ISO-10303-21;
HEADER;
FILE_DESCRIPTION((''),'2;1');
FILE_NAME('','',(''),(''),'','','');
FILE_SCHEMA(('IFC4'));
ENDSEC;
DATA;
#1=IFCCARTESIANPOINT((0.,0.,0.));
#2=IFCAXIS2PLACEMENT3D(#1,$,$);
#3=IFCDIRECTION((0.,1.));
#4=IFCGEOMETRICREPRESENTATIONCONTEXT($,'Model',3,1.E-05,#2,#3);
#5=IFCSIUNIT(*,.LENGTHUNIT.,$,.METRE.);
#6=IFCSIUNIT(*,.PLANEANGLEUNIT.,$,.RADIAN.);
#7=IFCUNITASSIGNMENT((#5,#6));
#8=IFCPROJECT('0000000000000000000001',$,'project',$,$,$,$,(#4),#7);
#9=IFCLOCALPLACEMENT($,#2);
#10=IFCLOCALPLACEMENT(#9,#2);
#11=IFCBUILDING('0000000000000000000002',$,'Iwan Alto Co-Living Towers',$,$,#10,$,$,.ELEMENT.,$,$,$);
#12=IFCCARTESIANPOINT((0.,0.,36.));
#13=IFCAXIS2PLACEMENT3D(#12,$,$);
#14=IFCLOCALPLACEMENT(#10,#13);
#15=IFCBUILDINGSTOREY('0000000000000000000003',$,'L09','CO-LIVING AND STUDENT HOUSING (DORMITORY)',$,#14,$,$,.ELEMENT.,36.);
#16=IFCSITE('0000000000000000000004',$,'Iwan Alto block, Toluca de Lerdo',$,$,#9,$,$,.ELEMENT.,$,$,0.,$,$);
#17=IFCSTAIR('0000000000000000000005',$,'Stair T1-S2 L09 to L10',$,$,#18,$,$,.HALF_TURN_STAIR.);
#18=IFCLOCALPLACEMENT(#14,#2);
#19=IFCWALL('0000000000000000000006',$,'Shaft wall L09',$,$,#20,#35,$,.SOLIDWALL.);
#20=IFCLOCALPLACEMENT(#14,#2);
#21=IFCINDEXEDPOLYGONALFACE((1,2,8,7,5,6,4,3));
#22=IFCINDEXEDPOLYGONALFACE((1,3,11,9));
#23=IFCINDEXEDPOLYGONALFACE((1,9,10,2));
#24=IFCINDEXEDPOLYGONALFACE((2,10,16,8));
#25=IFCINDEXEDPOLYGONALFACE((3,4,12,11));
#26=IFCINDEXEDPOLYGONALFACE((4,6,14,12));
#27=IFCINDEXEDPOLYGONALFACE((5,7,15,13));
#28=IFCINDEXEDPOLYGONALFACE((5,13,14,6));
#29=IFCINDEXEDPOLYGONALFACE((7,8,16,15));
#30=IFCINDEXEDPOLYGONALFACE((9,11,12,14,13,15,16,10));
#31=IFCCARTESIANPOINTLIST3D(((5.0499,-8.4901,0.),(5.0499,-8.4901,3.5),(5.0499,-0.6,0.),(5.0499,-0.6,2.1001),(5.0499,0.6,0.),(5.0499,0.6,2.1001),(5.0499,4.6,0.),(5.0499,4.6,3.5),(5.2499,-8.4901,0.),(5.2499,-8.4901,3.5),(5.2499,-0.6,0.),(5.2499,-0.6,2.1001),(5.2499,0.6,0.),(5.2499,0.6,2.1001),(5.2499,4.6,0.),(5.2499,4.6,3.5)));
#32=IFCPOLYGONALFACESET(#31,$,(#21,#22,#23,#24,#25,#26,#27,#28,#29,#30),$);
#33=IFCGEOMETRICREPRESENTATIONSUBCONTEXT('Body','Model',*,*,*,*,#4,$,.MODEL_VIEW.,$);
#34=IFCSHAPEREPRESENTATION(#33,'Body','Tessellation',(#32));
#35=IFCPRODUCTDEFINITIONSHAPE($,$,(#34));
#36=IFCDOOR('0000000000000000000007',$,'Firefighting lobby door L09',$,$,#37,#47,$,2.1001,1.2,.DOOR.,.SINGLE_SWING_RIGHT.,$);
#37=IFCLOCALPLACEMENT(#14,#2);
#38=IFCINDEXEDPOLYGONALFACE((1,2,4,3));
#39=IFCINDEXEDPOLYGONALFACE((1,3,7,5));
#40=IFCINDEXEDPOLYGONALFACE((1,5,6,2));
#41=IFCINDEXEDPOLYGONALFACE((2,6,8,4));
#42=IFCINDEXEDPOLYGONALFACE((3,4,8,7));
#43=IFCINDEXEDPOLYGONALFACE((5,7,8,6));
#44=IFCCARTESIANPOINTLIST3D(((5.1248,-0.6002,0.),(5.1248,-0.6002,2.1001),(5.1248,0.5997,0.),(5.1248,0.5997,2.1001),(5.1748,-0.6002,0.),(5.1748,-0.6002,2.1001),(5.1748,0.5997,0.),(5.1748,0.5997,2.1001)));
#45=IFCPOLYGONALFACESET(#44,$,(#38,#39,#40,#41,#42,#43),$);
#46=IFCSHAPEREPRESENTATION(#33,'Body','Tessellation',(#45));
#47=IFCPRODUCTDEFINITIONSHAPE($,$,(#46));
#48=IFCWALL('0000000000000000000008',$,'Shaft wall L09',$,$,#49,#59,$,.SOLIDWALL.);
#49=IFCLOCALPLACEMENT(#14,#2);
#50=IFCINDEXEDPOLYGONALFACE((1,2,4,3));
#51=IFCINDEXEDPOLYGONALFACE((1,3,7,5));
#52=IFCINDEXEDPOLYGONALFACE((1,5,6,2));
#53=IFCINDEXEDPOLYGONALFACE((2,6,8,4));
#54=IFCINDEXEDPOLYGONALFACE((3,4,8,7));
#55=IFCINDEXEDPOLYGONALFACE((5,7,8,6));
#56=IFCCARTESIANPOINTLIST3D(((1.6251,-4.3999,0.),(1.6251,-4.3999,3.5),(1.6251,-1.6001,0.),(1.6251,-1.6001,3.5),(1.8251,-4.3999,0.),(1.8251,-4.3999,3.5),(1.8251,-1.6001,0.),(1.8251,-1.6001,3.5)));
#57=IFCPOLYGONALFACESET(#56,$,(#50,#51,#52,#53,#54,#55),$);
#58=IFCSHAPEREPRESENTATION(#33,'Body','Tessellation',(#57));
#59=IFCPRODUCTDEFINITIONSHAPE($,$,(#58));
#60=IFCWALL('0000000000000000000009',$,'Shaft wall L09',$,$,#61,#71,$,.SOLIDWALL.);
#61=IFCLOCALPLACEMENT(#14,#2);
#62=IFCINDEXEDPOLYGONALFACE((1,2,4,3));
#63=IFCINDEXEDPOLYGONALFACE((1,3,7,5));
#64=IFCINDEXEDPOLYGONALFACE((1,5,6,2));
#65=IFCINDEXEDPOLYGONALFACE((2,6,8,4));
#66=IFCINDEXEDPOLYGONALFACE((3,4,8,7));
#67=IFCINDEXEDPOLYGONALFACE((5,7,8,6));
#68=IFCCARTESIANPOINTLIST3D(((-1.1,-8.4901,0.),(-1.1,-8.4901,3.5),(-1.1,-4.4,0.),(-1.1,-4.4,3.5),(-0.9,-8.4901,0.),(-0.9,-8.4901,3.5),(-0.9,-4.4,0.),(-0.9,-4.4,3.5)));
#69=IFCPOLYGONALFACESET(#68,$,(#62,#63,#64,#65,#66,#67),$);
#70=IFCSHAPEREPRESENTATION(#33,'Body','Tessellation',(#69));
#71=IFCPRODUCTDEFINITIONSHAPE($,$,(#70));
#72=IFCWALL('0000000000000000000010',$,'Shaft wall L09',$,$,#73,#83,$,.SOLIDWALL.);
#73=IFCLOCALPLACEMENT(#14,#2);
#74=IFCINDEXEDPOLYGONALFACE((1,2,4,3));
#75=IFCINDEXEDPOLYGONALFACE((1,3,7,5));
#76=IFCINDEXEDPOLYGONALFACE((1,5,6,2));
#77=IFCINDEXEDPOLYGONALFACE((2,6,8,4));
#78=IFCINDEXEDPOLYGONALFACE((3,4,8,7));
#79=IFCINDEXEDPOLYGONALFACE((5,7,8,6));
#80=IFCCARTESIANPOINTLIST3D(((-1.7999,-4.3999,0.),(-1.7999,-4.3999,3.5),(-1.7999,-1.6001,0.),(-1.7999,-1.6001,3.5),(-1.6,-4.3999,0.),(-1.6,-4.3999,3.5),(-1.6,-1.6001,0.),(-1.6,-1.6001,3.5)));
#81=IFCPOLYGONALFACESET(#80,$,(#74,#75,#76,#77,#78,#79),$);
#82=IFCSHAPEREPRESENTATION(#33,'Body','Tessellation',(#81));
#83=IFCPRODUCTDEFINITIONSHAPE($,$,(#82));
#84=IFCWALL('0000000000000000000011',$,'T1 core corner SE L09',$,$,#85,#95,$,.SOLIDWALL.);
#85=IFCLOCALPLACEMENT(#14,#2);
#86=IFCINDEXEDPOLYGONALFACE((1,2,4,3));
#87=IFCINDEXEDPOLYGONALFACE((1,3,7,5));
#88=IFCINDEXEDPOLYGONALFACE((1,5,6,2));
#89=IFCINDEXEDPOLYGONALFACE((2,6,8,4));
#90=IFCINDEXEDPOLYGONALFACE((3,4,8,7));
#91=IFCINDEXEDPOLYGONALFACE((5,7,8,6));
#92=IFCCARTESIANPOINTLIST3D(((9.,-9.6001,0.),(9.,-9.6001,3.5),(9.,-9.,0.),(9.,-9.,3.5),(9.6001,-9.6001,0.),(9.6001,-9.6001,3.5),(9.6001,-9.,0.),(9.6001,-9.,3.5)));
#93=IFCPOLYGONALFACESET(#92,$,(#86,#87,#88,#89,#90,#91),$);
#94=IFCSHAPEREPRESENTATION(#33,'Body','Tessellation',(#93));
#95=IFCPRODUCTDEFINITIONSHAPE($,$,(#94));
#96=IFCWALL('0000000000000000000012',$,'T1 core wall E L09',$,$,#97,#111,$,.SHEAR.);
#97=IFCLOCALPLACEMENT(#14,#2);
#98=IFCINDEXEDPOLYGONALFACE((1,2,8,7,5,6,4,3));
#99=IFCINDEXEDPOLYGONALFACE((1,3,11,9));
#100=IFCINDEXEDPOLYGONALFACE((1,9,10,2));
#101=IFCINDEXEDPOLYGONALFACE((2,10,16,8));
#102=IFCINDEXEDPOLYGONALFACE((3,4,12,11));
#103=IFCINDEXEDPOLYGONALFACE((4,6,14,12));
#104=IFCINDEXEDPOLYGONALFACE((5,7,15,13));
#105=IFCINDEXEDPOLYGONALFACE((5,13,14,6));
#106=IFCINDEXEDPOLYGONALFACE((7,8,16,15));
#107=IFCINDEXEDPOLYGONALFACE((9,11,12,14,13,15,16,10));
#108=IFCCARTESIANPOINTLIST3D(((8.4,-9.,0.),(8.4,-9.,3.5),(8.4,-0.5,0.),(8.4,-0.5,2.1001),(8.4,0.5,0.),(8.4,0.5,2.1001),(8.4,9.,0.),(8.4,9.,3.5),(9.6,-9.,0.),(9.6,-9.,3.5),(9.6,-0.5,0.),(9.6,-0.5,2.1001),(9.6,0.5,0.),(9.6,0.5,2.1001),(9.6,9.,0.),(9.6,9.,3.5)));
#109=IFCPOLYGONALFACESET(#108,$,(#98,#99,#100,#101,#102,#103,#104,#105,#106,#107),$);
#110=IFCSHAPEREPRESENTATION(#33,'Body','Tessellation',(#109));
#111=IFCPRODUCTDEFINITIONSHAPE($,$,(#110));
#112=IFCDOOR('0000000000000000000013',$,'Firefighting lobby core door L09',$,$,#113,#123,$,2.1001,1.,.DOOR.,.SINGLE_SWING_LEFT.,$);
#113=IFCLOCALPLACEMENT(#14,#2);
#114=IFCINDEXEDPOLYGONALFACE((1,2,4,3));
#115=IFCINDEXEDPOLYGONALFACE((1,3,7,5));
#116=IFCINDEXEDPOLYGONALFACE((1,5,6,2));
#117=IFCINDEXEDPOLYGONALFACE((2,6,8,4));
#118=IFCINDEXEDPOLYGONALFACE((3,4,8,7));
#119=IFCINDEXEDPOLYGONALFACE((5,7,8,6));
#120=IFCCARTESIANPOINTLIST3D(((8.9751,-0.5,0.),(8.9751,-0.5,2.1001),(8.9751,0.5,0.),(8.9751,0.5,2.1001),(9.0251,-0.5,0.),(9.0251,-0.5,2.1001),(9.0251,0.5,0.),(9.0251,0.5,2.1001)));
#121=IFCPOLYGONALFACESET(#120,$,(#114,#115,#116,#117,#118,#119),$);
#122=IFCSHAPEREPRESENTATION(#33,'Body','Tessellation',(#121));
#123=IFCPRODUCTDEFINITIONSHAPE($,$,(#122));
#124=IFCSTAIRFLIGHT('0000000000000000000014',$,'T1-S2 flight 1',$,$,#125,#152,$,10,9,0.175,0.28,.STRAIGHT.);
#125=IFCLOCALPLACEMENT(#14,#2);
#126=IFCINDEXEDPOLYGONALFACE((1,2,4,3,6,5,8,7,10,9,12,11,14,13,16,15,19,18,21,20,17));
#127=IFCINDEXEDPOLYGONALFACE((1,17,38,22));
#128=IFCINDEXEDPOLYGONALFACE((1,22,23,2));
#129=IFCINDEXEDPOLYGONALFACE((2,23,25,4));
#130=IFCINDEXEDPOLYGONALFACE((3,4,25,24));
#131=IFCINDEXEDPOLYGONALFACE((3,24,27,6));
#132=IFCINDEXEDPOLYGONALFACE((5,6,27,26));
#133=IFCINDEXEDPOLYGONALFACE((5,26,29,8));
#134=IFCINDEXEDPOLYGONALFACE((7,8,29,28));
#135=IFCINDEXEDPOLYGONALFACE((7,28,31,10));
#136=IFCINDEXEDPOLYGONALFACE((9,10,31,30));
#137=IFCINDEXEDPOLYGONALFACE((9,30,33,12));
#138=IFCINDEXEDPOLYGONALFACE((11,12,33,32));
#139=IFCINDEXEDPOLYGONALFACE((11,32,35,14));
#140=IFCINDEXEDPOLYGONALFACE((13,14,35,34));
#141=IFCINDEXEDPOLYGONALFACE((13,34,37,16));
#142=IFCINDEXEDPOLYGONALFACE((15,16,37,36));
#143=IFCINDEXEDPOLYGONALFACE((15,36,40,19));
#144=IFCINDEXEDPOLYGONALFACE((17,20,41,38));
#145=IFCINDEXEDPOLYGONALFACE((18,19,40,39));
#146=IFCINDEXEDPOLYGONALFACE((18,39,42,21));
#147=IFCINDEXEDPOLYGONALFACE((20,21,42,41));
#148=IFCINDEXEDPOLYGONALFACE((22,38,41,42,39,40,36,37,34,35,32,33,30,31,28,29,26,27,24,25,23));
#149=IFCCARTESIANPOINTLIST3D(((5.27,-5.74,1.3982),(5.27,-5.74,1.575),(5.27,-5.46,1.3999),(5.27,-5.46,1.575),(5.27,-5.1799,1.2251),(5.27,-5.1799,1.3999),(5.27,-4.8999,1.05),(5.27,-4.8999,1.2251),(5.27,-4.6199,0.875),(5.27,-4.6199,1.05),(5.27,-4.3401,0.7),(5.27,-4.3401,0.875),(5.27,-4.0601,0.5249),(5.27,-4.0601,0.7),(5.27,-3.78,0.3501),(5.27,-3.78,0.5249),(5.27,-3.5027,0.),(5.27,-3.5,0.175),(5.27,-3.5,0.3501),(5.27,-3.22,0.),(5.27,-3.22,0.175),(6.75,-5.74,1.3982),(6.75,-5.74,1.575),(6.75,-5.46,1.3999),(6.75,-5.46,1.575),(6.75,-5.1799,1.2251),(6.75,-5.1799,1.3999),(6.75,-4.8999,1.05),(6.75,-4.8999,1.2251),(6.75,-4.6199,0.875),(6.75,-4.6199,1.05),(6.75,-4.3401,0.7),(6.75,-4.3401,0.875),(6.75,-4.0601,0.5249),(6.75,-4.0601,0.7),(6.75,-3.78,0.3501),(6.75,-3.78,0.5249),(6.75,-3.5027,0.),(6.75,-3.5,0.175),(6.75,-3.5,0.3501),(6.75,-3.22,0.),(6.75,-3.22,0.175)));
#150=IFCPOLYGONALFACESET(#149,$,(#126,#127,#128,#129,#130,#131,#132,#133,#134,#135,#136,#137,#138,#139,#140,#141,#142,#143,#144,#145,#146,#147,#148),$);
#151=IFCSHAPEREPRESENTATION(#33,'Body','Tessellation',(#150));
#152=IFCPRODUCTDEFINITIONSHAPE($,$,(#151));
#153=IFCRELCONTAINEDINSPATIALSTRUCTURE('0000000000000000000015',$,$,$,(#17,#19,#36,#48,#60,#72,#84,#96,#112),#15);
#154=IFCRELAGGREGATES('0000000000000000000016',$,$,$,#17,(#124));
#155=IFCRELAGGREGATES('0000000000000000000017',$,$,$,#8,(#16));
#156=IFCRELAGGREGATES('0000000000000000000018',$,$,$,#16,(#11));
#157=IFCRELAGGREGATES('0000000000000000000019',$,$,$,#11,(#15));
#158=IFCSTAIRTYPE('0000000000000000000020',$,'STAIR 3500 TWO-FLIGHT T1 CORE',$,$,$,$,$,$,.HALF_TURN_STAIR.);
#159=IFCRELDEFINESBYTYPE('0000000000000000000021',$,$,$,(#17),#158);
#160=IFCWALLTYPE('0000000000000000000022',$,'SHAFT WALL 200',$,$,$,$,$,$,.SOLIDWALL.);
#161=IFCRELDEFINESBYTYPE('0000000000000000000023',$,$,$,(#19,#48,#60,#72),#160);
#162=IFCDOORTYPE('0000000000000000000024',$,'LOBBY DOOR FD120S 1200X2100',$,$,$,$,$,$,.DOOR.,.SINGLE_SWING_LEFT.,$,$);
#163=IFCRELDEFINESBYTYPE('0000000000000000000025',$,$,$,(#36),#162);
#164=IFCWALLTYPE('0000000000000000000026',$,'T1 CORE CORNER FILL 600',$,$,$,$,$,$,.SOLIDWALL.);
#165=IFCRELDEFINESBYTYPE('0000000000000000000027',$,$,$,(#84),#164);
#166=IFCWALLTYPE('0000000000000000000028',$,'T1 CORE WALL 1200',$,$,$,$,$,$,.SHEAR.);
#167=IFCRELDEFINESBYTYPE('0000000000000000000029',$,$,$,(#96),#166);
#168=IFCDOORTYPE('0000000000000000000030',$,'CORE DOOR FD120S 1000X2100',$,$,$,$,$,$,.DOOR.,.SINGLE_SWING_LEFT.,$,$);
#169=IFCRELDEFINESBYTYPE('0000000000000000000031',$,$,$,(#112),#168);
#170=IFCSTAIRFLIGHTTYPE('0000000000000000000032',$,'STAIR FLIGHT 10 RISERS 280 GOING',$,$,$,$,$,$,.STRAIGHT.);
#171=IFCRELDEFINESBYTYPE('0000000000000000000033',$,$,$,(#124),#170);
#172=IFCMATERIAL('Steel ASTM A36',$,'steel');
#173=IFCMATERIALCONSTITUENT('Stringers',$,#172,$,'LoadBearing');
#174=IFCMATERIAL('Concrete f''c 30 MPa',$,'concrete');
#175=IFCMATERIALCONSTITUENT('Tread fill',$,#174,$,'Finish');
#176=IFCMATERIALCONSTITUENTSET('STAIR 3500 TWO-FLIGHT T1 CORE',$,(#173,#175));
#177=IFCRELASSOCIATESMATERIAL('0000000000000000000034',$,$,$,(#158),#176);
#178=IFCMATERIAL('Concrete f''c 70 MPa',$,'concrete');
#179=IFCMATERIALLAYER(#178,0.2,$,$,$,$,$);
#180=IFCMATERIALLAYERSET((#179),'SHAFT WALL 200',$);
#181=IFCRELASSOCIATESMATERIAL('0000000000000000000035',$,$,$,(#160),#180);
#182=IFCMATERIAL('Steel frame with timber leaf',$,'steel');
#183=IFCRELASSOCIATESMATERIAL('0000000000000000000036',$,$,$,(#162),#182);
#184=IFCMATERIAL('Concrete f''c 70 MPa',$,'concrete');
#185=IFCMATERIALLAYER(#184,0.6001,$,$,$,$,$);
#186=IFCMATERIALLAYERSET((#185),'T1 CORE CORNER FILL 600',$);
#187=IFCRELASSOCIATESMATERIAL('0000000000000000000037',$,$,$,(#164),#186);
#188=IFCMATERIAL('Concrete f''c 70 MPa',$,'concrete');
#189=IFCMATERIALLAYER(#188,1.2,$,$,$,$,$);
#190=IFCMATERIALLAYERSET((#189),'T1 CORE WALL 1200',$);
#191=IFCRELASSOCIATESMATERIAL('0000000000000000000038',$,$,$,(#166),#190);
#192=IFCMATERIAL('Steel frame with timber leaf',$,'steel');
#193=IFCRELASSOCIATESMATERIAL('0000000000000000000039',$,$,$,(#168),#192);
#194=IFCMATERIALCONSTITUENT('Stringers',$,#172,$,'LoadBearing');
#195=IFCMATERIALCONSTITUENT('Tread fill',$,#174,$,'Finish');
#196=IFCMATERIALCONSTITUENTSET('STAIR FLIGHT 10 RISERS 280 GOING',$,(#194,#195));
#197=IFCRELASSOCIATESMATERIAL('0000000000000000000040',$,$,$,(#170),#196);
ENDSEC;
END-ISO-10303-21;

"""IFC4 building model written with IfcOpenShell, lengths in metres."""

from ifc_helpers import new_model, si_unit, direction, frame, frame_2d, origin, place, context, subcontext, project, spatial, polyline, rectangle, outline, extrude, material, layer, layer_set, constituent, constituent_set, type_object, element, fill, aggregate, save


model = new_model("IFC4")

# Units and contexts
model_context = context("Model", 3, precision=1e-05, world=origin(), true_north=direction((0.0, 1.0)))
body_context = subcontext(model_context, "Body", "Model", "MODEL_VIEW")
ifc_project = project(units=[si_unit("LENGTHUNIT", "METRE"), si_unit("PLANEANGLEUNIT", "RADIAN")], contexts=[model_context])

# Site, building, storey
site_placement = place(None, origin())
site = spatial("IfcSite", under=ifc_project, at=site_placement, Name="Iwan Alto block, Toluca de Lerdo", CompositionType="ELEMENT", RefElevation=0.0)
building_placement = place(site_placement, origin())
building = spatial("IfcBuilding", under=site, at=building_placement, Name="Iwan Alto Co-Living Towers", CompositionType="ELEMENT")
storey_placement = place(building_placement, frame((0.0, 0.0, 36.0)))
storey = spatial("IfcBuildingStorey", under=building, at=storey_placement, Name="L09", Description="CO-LIVING AND STUDENT HOUSING (DORMITORY)", CompositionType="ELEMENT", Elevation=36.0)

# Stair
ifc_material_1 = material(Name="Steel ASTM A36", Category="steel")
ifc_constituent_1 = constituent(ifc_material_1, Name="Stringers", Category="LoadBearing")
ifc_material_2 = material(Name="Concrete f'c 30 MPa", Category="concrete")
ifc_constituent_2 = constituent(ifc_material_2, Name="Tread fill", Category="Finish")
ifc_constituent_set_1 = constituent_set(constituents=[ifc_constituent_1, ifc_constituent_2], Name="STAIR 3500 TWO-FLIGHT T1 CORE")
stair_type = type_object("IfcStairType", Name="STAIR 3500 TWO-FLIGHT T1 CORE", PredefinedType="HALF_TURN_STAIR", material=ifc_constituent_set_1)
stair_1_placement = place(storey_placement, origin())
stair_1 = element("IfcStair", 1, at=stair_1_placement, inside=storey, type_object=stair_type, Name="Stair T1-S2 L09 to L10", PredefinedType="HALF_TURN_STAIR")

# Wall, opening, door
ifc_material_3 = material(Name="Concrete f'c 70 MPa", Category="concrete")
ifc_layer_1 = layer(ifc_material_3, 0.2)
ifc_layer_set_1 = layer_set([ifc_layer_1], Name="SHAFT WALL 200")
wall_type_1 = type_object("IfcWallType", Name="SHAFT WALL 200", PredefinedType="SOLIDWALL", material=ifc_layer_set_1)
wall_1_placement = place(storey_placement, frame((5.1499, -8.49, 0.0), z_axis=(0.0, 0.0, 1.0), x_axis=(0.0, 1.0, 0.0)))
wall_1 = element("IfcWall", 2, at=wall_1_placement, inside=storey, type_object=wall_type_1, Name="Shaft wall L09", PredefinedType="SOLIDWALL", context=body_context, shape_type="SweptSolid", body=[
    extrude(rectangle(XDim=13.0901, YDim=0.2, at=frame_2d((6.5449, 0.0))), origin(), (0.0, 0.0, 1.0), 3.5),
])
opening_1_placement = place(wall_1_placement, frame((7.8899, 0.0, 0.0)))
opening_1 = element("IfcOpeningElement", 3, at=opening_1_placement, cuts=wall_1, PredefinedType="OPENING", context=body_context, shape_type="SweptSolid", body=[
    extrude(rectangle(XDim=1.2, YDim=2.1001, at=frame_2d((0.6001, 1.05))), frame((0.0, 0.1099, 0.0), z_axis=(0.0, -1.0, 0.0), x_axis=(1.0, 0.0, 0.0)), (0.0, 0.0, 1.0), 0.22),
])
ifc_material_4 = material(Name="Steel frame with timber leaf", Category="steel")
door_type_1 = type_object("IfcDoorType", Name="LOBBY DOOR FD120S 1200X2100", OperationType="SINGLE_SWING_LEFT", PredefinedType="DOOR", material=ifc_material_4)
door_1_placement = place(opening_1_placement, frame((1.2, 0.0, 0.0), z_axis=(0.0, 0.0, 1.0), x_axis=(-1.0, 0.0, 0.0)))
door_1 = element("IfcDoor", 4, at=door_1_placement, inside=storey, type_object=door_type_1, Name="Firefighting lobby door L09", OperationType="SINGLE_SWING_RIGHT", OverallHeight=2.1001, OverallWidth=1.2, PredefinedType="DOOR", context=body_context, shape_type="SweptSolid", body=[
    extrude(rectangle(XDim=1.2, YDim=2.1001, at=frame_2d((0.6001, 1.05))), frame((0.0, 0.0249, 0.0), z_axis=(0.0, -1.0, 0.0), x_axis=(1.0, 0.0, 0.0)), (0.0, 0.0, 1.0), 0.05),
])
fill(opening_1, door_1)

# Walls
wall_2_placement = place(storey_placement, frame((1.7251, -4.3999, 0.0), z_axis=(0.0, 0.0, 1.0), x_axis=(0.0, 1.0, 0.0)))
element("IfcWall", 5, at=wall_2_placement, inside=storey, type_object=wall_type_1, Name="Shaft wall L09", PredefinedType="SOLIDWALL", context=body_context, shape_type="SweptSolid", body=[
    extrude(rectangle(XDim=2.7998, YDim=0.2, at=frame_2d((1.3999, 0.0))), origin(), (0.0, 0.0, 1.0), 3.5),
])
wall_3_placement = place(storey_placement, frame((-1.0, -8.49, 0.0), z_axis=(0.0, 0.0, 1.0), x_axis=(0.0, 1.0, 0.0)))
element("IfcWall", 6, at=wall_3_placement, inside=storey, type_object=wall_type_1, Name="Shaft wall L09", PredefinedType="SOLIDWALL", context=body_context, shape_type="SweptSolid", body=[
    extrude(rectangle(XDim=4.0901, YDim=0.2, at=frame_2d((2.0449, 0.0))), origin(), (0.0, 0.0, 1.0), 3.5),
])
wall_4_placement = place(storey_placement, frame((-1.7, -4.3999, 0.0), z_axis=(0.0, 0.0, 1.0), x_axis=(0.0, 1.0, 0.0)))
element("IfcWall", 7, at=wall_4_placement, inside=storey, type_object=wall_type_1, Name="Shaft wall L09", PredefinedType="SOLIDWALL", context=body_context, shape_type="SweptSolid", body=[
    extrude(rectangle(XDim=2.7998, YDim=0.2, at=frame_2d((1.3999, 0.0))), origin(), (0.0, 0.0, 1.0), 3.5),
])
ifc_material_5 = material(Name="Concrete f'c 70 MPa", Category="concrete")
ifc_layer_2 = layer(ifc_material_5, 0.6001)
ifc_layer_set_2 = layer_set([ifc_layer_2], Name="T1 CORE CORNER FILL 600")
wall_type_2 = type_object("IfcWallType", Name="T1 CORE CORNER FILL 600", PredefinedType="SOLIDWALL", material=ifc_layer_set_2)
wall_5_placement = place(storey_placement, frame((9.0, -9.3, 0.0), z_axis=(0.0, 0.0, 1.0), x_axis=(1.0, 0.0, 0.0)))
element("IfcWall", 8, at=wall_5_placement, inside=storey, type_object=wall_type_2, Name="T1 core corner SE L09", PredefinedType="SOLIDWALL", context=body_context, shape_type="SweptSolid", body=[
    extrude(rectangle(XDim=0.6001, YDim=0.6001, at=frame_2d((0.3, 0.0))), origin(), (0.0, 0.0, 1.0), 3.5),
])

# Wall, opening, door
ifc_material_6 = material(Name="Concrete f'c 70 MPa", Category="concrete")
ifc_layer_3 = layer(ifc_material_6, 1.2)
ifc_layer_set_3 = layer_set([ifc_layer_3], Name="T1 CORE WALL 1200")
wall_type_3 = type_object("IfcWallType", Name="T1 CORE WALL 1200", PredefinedType="SHEAR", material=ifc_layer_set_3)
wall_6_placement = place(storey_placement, frame((9.0, -9.0, 0.0), z_axis=(0.0, 0.0, 1.0), x_axis=(0.0, 1.0, 0.0)))
wall_6 = element("IfcWall", 9, at=wall_6_placement, inside=storey, type_object=wall_type_3, Name="T1 core wall E L09", PredefinedType="SHEAR", context=body_context, shape_type="SweptSolid", body=[
    extrude(rectangle(XDim=18.0, YDim=1.2, at=frame_2d((9.0, 0.0))), origin(), (0.0, 0.0, 1.0), 3.5),
])
opening_2_placement = place(wall_6_placement, frame((8.5, 0.0, 0.0)))
opening_2 = element("IfcOpeningElement", 10, at=opening_2_placement, cuts=wall_6, PredefinedType="OPENING", context=body_context, shape_type="SweptSolid", body=[
    extrude(rectangle(XDim=1.0, YDim=2.1001, at=frame_2d((0.5, 1.05))), frame((0.0, 0.6099, 0.0), z_axis=(0.0, -1.0, 0.0), x_axis=(1.0, 0.0, 0.0)), (0.0, 0.0, 1.0), 1.22),
])
ifc_material_7 = material(Name="Steel frame with timber leaf", Category="steel")
door_type_2 = type_object("IfcDoorType", Name="CORE DOOR FD120S 1000X2100", OperationType="SINGLE_SWING_LEFT", PredefinedType="DOOR", material=ifc_material_7)
door_2_placement = place(opening_2_placement, origin())
door_2 = element("IfcDoor", 11, at=door_2_placement, inside=storey, type_object=door_type_2, Name="Firefighting lobby core door L09", OperationType="SINGLE_SWING_LEFT", OverallHeight=2.1001, OverallWidth=1.0, PredefinedType="DOOR", context=body_context, shape_type="SweptSolid", body=[
    extrude(rectangle(XDim=1.0, YDim=2.1001, at=frame_2d((0.5, 1.05))), frame((0.0, 0.0249, 0.0), z_axis=(0.0, -1.0, 0.0), x_axis=(1.0, 0.0, 0.0)), (0.0, 0.0, 1.0), 0.05),
])
fill(opening_2, door_2)

# Stair flight
ifc_constituent_3 = constituent(ifc_material_1, Name="Stringers", Category="LoadBearing")
ifc_constituent_4 = constituent(ifc_material_2, Name="Tread fill", Category="Finish")
ifc_constituent_set_2 = constituent_set(constituents=[ifc_constituent_3, ifc_constituent_4], Name="STAIR FLIGHT 10 RISERS 280 GOING")
stair_flight_type = type_object("IfcStairFlightType", Name="STAIR FLIGHT 10 RISERS 280 GOING", PredefinedType="STRAIGHT", material=ifc_constituent_set_2)
stair_flight_1_placement = place(storey_placement, frame((6.01, -3.22, 0.0), z_axis=(0.0, 0.0, 1.0), x_axis=(0.0, -1.0, 0.0)))
stair_flight_1 = element("IfcStairFlight", 12, at=stair_flight_1_placement, type_object=stair_flight_type, Name="T1-S2 flight 1", NumberOfRisers=10, NumberOfTreads=9, PredefinedType="STRAIGHT", RiserHeight=0.175, TreadLength=0.28, context=body_context, shape_type="SweptSolid", body=[
    extrude(outline(polyline([(0.0, 0.0), (0.0, 0.175), (0.28, 0.175), (0.28, 0.3501), (0.5601, 0.3501), (0.5601, 0.5249), (0.8401, 0.5249), (0.8401, 0.7), (1.1201, 0.7), (1.1201, 0.875), (1.3999, 0.875), (1.3999, 1.05), (1.6799, 1.05), (1.6799, 1.2251), (1.96, 1.2251), (1.96, 1.3999), (2.24, 1.3999), (2.24, 1.575), (2.52, 1.575), (2.52, 1.75), (2.52, 1.3982), (0.2827, 0.0), (0.0, 0.0)])), frame((0.0, 0.74, 0.0), z_axis=(0.0, -1.0, 0.0), x_axis=(1.0, 0.0, 0.0)), (0.0, 0.0, 1.0), 1.48),
])
aggregate(stair_1, [stair_flight_1])

save(model, "model.ifc")
